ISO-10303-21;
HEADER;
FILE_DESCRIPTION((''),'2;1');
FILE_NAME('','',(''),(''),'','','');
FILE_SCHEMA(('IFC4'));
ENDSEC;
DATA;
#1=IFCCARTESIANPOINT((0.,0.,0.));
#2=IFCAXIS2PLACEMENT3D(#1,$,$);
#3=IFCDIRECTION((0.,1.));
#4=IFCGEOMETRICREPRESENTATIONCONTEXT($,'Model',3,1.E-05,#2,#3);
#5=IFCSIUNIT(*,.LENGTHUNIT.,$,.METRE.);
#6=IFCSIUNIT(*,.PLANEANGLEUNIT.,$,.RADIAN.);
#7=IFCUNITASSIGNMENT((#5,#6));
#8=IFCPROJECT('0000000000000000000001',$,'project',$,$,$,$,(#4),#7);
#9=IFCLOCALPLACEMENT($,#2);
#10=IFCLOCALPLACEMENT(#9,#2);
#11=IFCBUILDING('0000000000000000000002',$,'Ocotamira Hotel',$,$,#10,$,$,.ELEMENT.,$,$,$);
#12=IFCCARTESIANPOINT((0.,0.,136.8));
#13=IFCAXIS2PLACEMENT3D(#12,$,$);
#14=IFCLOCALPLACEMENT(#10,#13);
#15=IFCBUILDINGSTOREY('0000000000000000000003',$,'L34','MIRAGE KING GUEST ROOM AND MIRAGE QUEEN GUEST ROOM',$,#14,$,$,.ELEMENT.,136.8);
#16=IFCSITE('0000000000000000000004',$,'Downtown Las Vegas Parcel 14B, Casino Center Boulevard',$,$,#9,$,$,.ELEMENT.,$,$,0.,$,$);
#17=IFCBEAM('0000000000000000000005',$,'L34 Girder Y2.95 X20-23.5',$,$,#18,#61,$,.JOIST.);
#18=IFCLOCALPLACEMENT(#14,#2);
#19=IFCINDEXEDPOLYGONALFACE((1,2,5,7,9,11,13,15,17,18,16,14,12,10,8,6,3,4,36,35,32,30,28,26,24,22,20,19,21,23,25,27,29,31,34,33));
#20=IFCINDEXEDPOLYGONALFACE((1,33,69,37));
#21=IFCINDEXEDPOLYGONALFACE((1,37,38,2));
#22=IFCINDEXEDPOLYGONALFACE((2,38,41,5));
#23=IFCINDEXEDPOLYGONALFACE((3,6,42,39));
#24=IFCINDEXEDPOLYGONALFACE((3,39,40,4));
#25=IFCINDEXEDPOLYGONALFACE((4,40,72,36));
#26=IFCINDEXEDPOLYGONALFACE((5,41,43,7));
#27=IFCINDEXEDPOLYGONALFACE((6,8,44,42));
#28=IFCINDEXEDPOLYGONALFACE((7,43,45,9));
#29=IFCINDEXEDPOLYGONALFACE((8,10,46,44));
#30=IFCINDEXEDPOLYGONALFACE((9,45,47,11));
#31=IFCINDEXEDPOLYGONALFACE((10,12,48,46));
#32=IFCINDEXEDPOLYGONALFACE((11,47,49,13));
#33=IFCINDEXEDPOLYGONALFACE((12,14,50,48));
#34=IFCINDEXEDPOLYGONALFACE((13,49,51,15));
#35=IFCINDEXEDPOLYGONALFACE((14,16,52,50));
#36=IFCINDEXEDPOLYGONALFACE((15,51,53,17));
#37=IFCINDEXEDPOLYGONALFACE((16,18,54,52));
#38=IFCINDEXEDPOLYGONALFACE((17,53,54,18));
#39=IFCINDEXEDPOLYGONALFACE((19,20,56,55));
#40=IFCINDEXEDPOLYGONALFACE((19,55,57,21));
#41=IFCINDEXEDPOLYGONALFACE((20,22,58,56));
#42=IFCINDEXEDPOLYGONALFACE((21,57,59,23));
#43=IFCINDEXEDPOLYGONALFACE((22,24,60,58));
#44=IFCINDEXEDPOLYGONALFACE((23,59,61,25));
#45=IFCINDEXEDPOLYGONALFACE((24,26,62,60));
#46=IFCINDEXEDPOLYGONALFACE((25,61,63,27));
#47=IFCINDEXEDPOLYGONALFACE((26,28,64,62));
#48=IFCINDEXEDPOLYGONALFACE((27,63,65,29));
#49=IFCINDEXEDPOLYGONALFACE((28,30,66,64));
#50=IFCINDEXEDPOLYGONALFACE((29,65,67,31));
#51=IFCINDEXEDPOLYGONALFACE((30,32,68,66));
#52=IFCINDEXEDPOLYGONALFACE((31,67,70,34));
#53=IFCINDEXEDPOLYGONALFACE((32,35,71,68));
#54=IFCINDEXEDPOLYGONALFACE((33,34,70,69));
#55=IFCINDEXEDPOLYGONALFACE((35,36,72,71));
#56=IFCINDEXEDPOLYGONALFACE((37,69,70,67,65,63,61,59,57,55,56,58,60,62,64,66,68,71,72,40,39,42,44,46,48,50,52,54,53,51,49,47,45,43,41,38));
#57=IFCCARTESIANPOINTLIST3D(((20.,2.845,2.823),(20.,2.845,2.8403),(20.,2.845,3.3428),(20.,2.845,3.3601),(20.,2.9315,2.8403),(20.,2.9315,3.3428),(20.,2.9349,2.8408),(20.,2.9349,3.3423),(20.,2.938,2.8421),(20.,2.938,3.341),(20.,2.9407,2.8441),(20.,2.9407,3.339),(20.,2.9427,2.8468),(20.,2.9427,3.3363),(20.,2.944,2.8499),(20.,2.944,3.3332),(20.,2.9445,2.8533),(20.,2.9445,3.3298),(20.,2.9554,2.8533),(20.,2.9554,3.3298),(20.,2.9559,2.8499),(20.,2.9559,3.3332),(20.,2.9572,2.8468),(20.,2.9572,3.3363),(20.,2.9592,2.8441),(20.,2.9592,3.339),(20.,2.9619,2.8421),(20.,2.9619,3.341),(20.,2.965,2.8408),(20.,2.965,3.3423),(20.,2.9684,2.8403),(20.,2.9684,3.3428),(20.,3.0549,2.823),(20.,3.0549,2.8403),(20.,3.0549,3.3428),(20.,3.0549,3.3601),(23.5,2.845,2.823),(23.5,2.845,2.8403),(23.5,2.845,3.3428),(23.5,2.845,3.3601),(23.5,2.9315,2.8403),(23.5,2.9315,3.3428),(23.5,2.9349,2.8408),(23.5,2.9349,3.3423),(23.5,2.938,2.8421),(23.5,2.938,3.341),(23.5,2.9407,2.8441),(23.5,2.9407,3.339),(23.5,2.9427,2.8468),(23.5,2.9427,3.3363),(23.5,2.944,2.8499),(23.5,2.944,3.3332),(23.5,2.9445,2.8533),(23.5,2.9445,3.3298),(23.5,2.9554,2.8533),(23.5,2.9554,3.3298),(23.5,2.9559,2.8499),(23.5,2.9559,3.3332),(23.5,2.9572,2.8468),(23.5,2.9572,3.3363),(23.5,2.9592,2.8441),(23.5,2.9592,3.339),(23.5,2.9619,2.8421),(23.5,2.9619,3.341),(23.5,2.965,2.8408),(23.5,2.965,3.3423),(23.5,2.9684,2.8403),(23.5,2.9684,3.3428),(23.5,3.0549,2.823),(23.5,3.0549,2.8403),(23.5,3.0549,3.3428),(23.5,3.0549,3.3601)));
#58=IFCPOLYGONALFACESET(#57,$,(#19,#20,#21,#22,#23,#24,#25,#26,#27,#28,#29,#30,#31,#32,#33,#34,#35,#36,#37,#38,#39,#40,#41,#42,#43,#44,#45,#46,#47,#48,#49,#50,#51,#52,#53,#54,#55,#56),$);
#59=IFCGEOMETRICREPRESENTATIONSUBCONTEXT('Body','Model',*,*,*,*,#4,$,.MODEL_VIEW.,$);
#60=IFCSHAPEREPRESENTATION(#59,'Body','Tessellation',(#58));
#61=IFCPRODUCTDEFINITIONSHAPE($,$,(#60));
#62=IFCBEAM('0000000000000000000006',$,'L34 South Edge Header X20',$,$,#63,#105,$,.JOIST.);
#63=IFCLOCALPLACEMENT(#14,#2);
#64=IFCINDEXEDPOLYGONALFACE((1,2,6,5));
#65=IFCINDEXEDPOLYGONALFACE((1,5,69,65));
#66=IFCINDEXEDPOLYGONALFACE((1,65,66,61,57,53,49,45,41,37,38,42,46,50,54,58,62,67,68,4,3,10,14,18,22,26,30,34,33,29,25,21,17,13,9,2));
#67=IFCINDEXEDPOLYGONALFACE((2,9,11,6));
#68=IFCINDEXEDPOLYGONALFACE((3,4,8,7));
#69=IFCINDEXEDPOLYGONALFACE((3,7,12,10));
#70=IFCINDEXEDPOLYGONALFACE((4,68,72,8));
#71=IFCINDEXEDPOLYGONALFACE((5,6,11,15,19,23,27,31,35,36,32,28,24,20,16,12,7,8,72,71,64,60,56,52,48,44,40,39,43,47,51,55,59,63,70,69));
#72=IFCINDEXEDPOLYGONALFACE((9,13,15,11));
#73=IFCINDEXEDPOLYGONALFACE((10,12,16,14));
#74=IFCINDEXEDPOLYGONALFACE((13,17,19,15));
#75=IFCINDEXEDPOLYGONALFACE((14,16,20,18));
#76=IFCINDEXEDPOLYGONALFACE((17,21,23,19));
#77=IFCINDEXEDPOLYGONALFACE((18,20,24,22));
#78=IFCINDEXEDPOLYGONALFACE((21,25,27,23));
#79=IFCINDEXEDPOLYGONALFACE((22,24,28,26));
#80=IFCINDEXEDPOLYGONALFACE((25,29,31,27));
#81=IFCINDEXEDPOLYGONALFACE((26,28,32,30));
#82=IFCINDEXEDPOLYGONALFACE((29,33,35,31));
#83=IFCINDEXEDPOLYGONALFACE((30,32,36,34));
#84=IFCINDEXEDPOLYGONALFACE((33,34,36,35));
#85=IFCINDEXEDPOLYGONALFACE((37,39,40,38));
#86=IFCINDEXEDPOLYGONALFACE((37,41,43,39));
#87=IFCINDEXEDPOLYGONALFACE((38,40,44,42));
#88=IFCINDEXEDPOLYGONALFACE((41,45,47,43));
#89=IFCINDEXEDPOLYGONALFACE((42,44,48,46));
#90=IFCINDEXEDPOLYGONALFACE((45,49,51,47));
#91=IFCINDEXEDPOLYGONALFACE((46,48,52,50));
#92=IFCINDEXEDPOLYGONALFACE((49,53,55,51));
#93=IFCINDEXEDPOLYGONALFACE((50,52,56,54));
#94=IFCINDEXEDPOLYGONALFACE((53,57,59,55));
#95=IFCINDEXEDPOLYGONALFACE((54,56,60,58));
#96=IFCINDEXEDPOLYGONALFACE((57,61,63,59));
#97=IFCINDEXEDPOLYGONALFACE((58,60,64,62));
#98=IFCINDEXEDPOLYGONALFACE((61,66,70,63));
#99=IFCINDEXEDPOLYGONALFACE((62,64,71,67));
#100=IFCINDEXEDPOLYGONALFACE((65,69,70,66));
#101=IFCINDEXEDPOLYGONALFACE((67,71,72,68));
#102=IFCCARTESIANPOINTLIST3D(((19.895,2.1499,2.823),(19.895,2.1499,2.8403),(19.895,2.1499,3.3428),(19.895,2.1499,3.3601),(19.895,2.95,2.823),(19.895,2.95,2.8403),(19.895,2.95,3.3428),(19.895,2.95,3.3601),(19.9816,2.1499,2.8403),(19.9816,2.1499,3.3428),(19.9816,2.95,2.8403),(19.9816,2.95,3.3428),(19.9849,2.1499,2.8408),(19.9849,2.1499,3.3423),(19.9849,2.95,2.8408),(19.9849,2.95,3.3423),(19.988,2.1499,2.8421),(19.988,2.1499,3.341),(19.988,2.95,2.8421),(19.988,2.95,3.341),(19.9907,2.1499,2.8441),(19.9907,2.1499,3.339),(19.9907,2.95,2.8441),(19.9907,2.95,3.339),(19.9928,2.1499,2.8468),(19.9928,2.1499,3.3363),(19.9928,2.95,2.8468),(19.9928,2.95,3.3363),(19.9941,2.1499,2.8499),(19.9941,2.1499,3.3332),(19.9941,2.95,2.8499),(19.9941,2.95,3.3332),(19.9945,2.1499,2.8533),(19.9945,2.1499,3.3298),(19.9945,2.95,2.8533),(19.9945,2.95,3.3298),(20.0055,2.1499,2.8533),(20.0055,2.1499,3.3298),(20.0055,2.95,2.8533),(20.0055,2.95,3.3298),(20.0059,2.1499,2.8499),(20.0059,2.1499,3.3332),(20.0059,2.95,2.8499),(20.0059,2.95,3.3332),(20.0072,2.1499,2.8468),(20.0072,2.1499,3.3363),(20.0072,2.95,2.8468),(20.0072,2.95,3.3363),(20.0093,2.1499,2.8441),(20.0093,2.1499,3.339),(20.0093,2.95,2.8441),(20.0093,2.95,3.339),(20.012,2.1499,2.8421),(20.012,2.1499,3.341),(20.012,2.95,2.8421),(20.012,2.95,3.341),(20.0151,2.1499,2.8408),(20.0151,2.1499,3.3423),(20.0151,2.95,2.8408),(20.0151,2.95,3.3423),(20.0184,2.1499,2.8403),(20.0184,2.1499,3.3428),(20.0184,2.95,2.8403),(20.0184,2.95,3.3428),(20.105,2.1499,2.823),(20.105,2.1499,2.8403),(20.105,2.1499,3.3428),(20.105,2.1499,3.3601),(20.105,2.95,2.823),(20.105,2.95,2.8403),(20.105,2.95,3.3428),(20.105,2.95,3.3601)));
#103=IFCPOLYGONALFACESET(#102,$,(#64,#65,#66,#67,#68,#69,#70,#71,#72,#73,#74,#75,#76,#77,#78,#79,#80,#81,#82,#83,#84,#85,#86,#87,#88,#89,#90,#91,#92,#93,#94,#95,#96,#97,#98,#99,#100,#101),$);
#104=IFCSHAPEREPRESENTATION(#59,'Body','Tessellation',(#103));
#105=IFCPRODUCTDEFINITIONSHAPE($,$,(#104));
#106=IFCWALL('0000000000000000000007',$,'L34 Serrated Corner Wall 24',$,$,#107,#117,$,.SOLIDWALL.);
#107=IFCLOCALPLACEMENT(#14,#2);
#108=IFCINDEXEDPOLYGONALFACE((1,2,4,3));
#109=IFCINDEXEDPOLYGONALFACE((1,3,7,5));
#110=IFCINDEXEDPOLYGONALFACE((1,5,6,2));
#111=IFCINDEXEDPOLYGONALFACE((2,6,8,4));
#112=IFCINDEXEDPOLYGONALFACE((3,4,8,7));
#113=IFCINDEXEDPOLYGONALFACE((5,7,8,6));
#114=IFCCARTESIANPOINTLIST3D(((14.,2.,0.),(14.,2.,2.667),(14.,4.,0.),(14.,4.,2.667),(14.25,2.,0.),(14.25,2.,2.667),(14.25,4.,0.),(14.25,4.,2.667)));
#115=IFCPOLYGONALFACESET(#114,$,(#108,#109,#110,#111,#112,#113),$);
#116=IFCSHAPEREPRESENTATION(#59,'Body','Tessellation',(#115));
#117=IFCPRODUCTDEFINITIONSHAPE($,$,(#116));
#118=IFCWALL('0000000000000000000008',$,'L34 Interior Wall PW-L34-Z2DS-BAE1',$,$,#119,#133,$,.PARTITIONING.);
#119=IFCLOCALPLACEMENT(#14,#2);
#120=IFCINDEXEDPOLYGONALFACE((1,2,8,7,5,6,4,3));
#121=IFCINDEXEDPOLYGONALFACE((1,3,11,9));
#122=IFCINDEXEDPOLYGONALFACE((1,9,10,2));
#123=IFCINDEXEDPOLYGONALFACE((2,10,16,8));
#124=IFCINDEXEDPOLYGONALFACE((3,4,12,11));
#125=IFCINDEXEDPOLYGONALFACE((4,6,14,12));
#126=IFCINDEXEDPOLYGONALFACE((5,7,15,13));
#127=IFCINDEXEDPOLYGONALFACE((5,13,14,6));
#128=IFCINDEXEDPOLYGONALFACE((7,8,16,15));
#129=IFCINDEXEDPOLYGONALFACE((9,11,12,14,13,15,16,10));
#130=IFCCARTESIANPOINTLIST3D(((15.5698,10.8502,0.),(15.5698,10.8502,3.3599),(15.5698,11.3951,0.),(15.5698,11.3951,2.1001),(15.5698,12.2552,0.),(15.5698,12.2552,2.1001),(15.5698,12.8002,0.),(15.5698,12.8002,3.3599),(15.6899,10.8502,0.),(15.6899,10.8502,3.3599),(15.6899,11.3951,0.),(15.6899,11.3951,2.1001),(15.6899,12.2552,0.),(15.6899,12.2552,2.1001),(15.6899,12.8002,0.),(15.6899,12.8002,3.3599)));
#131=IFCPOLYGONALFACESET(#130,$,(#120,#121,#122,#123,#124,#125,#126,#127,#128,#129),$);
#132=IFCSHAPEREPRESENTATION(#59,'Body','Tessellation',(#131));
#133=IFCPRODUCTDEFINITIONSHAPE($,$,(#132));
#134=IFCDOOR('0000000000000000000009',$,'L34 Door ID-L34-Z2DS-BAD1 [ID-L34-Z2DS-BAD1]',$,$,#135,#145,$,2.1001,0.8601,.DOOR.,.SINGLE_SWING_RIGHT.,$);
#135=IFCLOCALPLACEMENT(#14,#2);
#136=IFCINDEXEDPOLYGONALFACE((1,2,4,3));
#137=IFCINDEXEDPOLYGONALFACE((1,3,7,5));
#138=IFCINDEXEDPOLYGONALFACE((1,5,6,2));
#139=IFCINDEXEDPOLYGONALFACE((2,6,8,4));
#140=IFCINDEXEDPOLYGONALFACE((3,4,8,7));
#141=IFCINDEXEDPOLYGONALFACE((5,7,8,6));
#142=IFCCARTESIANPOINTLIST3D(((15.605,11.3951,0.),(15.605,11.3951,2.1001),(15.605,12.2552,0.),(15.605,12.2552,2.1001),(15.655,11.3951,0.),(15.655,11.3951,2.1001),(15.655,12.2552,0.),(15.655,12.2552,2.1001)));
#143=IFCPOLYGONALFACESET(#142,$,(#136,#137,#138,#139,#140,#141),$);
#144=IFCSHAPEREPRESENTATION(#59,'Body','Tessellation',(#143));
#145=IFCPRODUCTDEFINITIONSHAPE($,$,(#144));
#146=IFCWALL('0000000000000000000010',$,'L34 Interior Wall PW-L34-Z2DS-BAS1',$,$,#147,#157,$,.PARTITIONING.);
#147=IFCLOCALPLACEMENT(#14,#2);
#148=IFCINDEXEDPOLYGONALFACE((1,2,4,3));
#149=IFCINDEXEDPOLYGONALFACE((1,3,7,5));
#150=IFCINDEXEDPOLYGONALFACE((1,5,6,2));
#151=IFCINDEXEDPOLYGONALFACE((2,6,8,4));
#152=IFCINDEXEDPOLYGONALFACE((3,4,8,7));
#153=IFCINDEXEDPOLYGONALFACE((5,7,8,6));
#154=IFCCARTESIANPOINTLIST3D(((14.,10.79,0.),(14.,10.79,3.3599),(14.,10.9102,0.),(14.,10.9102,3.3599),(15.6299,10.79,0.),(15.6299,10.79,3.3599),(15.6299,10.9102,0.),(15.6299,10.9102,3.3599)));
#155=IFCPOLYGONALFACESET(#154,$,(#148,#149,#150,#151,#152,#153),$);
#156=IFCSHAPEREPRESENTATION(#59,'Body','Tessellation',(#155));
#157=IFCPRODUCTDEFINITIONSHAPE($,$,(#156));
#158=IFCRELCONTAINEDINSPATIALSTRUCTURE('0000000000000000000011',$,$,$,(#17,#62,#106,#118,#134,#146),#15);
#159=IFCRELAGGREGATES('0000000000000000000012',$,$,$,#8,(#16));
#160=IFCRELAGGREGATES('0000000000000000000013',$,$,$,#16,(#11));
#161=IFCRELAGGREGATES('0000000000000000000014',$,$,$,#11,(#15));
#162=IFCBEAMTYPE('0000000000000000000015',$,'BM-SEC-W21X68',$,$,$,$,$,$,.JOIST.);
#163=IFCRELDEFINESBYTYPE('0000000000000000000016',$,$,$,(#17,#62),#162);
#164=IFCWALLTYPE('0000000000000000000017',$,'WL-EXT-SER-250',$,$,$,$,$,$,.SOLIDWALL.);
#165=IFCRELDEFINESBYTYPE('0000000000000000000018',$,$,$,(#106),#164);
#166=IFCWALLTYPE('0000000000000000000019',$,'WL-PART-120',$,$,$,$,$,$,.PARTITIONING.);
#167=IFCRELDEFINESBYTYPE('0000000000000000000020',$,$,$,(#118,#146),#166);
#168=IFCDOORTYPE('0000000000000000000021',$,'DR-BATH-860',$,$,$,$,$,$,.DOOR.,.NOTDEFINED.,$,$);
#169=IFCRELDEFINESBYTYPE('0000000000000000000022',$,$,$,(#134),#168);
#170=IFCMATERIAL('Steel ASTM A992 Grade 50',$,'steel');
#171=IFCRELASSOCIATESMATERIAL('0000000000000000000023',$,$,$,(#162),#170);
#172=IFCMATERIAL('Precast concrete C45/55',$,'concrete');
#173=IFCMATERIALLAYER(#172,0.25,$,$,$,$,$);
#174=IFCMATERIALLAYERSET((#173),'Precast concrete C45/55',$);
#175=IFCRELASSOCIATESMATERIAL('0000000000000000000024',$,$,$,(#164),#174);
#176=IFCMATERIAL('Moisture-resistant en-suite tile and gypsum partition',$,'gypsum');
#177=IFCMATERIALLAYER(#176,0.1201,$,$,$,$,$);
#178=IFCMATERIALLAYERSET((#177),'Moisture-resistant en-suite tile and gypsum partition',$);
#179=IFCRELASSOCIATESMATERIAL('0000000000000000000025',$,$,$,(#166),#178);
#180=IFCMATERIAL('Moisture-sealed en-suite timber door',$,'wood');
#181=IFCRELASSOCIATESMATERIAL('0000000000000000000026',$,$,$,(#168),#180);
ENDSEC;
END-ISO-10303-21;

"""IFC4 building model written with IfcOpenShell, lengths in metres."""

from ifc_helpers import new_model, si_unit, direction, frame, frame_2d, origin, origin_2d, place, context, subcontext, project, spatial, rectangle, i_section, extrude, source, transform, mapped, material, layer, layer_set, material_profile, profile_set, type_object, element, fill, save


model = new_model("IFC4")

# Units and contexts
model_context = context("Model", 3, precision=1e-05, world=origin(), true_north=direction((0.0, 1.0)))
body_context = subcontext(model_context, "Body", "Model", "MODEL_VIEW")
ifc_project = project(units=[si_unit("LENGTHUNIT", "METRE"), si_unit("PLANEANGLEUNIT", "RADIAN")], contexts=[model_context])

# Site, building, storey
site_placement = place(None, origin())
site = spatial("IfcSite", under=ifc_project, at=site_placement, Name="Downtown Las Vegas Parcel 14B, Casino Center Boulevard", CompositionType="ELEMENT", RefElevation=0.0)
building_placement = place(site_placement, origin())
building = spatial("IfcBuilding", under=site, at=building_placement, Name="Ocotamira Hotel", CompositionType="ELEMENT")
storey_placement = place(building_placement, frame((0.0, 0.0, 136.8)))
storey = spatial("IfcBuildingStorey", under=building, at=storey_placement, Name="L34", Description="MIRAGE KING GUEST ROOM AND MIRAGE QUEEN GUEST ROOM", CompositionType="ELEMENT", Elevation=136.8)

# Beams
ifc_material_1 = material(Name="Steel ASTM A992 Grade 50", Category="steel")
ifc_material_profile = material_profile(ifc_material_1, i_section(OverallWidth=0.21, OverallDepth=0.5371, WebThickness=0.011, FlangeThickness=0.0173, FilletRadius=0.0129, at=origin_2d()), Name="W21X68")
ifc_profile_set = profile_set([ifc_material_profile], Name="Steel ASTM A992 Grade 50")
beam_type = type_object("IfcBeamType", Name="BM-SEC-W21X68", PredefinedType="JOIST", material=ifc_profile_set)
shared_shape_1 = source(origin(), body_context, "Body", "SweptSolid", [
    extrude(i_section(OverallWidth=0.21, OverallDepth=0.5371, WebThickness=0.011, FlangeThickness=0.0173, FilletRadius=0.0129, at=origin_2d()), origin(), (0.0, 0.0, 1.0), 3.5),
])
beam_1_placement = place(storey_placement, frame((20.0, 2.95, 3.0916), z_axis=(1.0, 0.0, 0.0), x_axis=(0.0, 1.0, 0.0)))
element("IfcBeam", 1, at=beam_1_placement, inside=storey, type_object=beam_type, Name="L34 Girder Y2.95 X20-23.5", PredefinedType="JOIST", context=body_context, shape_type="MappedRepresentation", body=[
    mapped(shared_shape_1, transform((0.0, 0.0, 0.0), scale=1.0)),
])
shared_shape_2 = source(origin(), body_context, "Body", "SweptSolid", [
    extrude(i_section(OverallWidth=0.21, OverallDepth=0.5371, WebThickness=0.011, FlangeThickness=0.0173, FilletRadius=0.0129, at=origin_2d()), origin(), (0.0, 0.0, 1.0), 0.8),
])
beam_2_placement = place(storey_placement, frame((20.0, 2.95, 3.0916), z_axis=(0.0, -1.0, 0.0), x_axis=(1.0, 0.0, 0.0)))
element("IfcBeam", 2, at=beam_2_placement, inside=storey, type_object=beam_type, Name="L34 South Edge Header X20", PredefinedType="JOIST", context=body_context, shape_type="MappedRepresentation", body=[
    mapped(shared_shape_2, transform((0.0, 0.0, 0.0), scale=1.0)),
])

# Wall
ifc_material_2 = material(Name="Precast concrete C45/55", Category="concrete")
ifc_layer_1 = layer(ifc_material_2, 0.25)
ifc_layer_set_1 = layer_set([ifc_layer_1], Name="Precast concrete C45/55")
wall_type_1 = type_object("IfcWallType", Name="WL-EXT-SER-250", PredefinedType="SOLIDWALL", material=ifc_layer_set_1)
wall_1_placement = place(storey_placement, frame((14.125, 4.0, 0.0), z_axis=(0.0, 0.0, 1.0), x_axis=(0.0, -1.0, 0.0)))
element("IfcWall", 3, at=wall_1_placement, inside=storey, type_object=wall_type_1, Name="L34 Serrated Corner Wall 24", PredefinedType="SOLIDWALL", context=body_context, shape_type="SweptSolid", body=[
    extrude(rectangle(XDim=2.0, YDim=0.25, at=frame_2d((1.0, 0.0))), origin(), (0.0, 0.0, 1.0), 2.667),
])

# Wall, opening, door
ifc_material_3 = material(Name="Moisture-resistant en-suite tile and gypsum partition", Category="gypsum")
ifc_layer_2 = layer(ifc_material_3, 0.1201)
ifc_layer_set_2 = layer_set([ifc_layer_2], Name="Moisture-resistant en-suite tile and gypsum partition")
wall_type_2 = type_object("IfcWallType", Name="WL-PART-120", PredefinedType="PARTITIONING", material=ifc_layer_set_2)
wall_2_placement = place(storey_placement, frame((15.6299, 10.8501, 0.0), z_axis=(0.0, 0.0, 1.0), x_axis=(0.0, 1.0, 0.0)))
wall_2 = element("IfcWall", 4, at=wall_2_placement, inside=storey, type_object=wall_type_2, Name="L34 Interior Wall PW-L34-Z2DS-BAE1", PredefinedType="PARTITIONING", context=body_context, shape_type="SweptSolid", body=[
    extrude(rectangle(XDim=1.95, YDim=0.1201, at=frame_2d((0.9751, 0.0))), origin(), (0.0, 0.0, 1.0), 3.3599),
])
opening_1_placement = place(wall_2_placement, frame((0.5449, 0.0, 0.0)))
opening_1 = element("IfcOpeningElement", 5, at=opening_1_placement, cuts=wall_2, PredefinedType="OPENING", context=body_context, shape_type="SweptSolid", body=[
    extrude(rectangle(XDim=0.8601, YDim=2.1001, at=frame_2d((0.4302, 1.05))), frame((0.0, 0.0701, 0.0), z_axis=(0.0, -1.0, 0.0), x_axis=(1.0, 0.0, 0.0)), (0.0, 0.0, 1.0), 0.1401),
])
ifc_material_4 = material(Name="Moisture-sealed en-suite timber door", Category="wood")
door_type_1 = type_object("IfcDoorType", Name="DR-BATH-860", OperationType="NOTDEFINED", PredefinedType="DOOR", material=ifc_material_4)
shared_shape_3 = source(origin(), body_context, "Body", "SweptSolid", [
    extrude(rectangle(XDim=0.8601, YDim=2.1001, at=frame_2d((0.4302, 1.05))), frame((0.0, 0.0249, 0.0), z_axis=(0.0, -1.0, 0.0), x_axis=(1.0, 0.0, 0.0)), (0.0, 0.0, 1.0), 0.05),
])
door_1_placement = place(opening_1_placement, origin())
door_1 = element("IfcDoor", 6, at=door_1_placement, inside=storey, type_object=door_type_1, Name="L34 Door ID-L34-Z2DS-BAD1 [ID-L34-Z2DS-BAD1]", OperationType="SINGLE_SWING_RIGHT", OverallHeight=2.1001, OverallWidth=0.8601, PredefinedType="DOOR", context=body_context, shape_type="MappedRepresentation", body=[
    mapped(shared_shape_3, transform((0.0, 0.0, 0.0), scale=1.0)),
])
fill(opening_1, door_1)

# Wall
wall_3_placement = place(storey_placement, frame((14.0, 10.8501, 0.0), z_axis=(0.0, 0.0, 1.0), x_axis=(1.0, 0.0, 0.0)))
element("IfcWall", 7, at=wall_3_placement, inside=storey, type_object=wall_type_2, Name="L34 Interior Wall PW-L34-Z2DS-BAS1", PredefinedType="PARTITIONING", context=body_context, shape_type="SweptSolid", body=[
    extrude(rectangle(XDim=1.6299, YDim=0.1201, at=frame_2d((0.8149, 0.0))), origin(), (0.0, 0.0, 1.0), 3.3599),
])

save(model, "model.ifc")
